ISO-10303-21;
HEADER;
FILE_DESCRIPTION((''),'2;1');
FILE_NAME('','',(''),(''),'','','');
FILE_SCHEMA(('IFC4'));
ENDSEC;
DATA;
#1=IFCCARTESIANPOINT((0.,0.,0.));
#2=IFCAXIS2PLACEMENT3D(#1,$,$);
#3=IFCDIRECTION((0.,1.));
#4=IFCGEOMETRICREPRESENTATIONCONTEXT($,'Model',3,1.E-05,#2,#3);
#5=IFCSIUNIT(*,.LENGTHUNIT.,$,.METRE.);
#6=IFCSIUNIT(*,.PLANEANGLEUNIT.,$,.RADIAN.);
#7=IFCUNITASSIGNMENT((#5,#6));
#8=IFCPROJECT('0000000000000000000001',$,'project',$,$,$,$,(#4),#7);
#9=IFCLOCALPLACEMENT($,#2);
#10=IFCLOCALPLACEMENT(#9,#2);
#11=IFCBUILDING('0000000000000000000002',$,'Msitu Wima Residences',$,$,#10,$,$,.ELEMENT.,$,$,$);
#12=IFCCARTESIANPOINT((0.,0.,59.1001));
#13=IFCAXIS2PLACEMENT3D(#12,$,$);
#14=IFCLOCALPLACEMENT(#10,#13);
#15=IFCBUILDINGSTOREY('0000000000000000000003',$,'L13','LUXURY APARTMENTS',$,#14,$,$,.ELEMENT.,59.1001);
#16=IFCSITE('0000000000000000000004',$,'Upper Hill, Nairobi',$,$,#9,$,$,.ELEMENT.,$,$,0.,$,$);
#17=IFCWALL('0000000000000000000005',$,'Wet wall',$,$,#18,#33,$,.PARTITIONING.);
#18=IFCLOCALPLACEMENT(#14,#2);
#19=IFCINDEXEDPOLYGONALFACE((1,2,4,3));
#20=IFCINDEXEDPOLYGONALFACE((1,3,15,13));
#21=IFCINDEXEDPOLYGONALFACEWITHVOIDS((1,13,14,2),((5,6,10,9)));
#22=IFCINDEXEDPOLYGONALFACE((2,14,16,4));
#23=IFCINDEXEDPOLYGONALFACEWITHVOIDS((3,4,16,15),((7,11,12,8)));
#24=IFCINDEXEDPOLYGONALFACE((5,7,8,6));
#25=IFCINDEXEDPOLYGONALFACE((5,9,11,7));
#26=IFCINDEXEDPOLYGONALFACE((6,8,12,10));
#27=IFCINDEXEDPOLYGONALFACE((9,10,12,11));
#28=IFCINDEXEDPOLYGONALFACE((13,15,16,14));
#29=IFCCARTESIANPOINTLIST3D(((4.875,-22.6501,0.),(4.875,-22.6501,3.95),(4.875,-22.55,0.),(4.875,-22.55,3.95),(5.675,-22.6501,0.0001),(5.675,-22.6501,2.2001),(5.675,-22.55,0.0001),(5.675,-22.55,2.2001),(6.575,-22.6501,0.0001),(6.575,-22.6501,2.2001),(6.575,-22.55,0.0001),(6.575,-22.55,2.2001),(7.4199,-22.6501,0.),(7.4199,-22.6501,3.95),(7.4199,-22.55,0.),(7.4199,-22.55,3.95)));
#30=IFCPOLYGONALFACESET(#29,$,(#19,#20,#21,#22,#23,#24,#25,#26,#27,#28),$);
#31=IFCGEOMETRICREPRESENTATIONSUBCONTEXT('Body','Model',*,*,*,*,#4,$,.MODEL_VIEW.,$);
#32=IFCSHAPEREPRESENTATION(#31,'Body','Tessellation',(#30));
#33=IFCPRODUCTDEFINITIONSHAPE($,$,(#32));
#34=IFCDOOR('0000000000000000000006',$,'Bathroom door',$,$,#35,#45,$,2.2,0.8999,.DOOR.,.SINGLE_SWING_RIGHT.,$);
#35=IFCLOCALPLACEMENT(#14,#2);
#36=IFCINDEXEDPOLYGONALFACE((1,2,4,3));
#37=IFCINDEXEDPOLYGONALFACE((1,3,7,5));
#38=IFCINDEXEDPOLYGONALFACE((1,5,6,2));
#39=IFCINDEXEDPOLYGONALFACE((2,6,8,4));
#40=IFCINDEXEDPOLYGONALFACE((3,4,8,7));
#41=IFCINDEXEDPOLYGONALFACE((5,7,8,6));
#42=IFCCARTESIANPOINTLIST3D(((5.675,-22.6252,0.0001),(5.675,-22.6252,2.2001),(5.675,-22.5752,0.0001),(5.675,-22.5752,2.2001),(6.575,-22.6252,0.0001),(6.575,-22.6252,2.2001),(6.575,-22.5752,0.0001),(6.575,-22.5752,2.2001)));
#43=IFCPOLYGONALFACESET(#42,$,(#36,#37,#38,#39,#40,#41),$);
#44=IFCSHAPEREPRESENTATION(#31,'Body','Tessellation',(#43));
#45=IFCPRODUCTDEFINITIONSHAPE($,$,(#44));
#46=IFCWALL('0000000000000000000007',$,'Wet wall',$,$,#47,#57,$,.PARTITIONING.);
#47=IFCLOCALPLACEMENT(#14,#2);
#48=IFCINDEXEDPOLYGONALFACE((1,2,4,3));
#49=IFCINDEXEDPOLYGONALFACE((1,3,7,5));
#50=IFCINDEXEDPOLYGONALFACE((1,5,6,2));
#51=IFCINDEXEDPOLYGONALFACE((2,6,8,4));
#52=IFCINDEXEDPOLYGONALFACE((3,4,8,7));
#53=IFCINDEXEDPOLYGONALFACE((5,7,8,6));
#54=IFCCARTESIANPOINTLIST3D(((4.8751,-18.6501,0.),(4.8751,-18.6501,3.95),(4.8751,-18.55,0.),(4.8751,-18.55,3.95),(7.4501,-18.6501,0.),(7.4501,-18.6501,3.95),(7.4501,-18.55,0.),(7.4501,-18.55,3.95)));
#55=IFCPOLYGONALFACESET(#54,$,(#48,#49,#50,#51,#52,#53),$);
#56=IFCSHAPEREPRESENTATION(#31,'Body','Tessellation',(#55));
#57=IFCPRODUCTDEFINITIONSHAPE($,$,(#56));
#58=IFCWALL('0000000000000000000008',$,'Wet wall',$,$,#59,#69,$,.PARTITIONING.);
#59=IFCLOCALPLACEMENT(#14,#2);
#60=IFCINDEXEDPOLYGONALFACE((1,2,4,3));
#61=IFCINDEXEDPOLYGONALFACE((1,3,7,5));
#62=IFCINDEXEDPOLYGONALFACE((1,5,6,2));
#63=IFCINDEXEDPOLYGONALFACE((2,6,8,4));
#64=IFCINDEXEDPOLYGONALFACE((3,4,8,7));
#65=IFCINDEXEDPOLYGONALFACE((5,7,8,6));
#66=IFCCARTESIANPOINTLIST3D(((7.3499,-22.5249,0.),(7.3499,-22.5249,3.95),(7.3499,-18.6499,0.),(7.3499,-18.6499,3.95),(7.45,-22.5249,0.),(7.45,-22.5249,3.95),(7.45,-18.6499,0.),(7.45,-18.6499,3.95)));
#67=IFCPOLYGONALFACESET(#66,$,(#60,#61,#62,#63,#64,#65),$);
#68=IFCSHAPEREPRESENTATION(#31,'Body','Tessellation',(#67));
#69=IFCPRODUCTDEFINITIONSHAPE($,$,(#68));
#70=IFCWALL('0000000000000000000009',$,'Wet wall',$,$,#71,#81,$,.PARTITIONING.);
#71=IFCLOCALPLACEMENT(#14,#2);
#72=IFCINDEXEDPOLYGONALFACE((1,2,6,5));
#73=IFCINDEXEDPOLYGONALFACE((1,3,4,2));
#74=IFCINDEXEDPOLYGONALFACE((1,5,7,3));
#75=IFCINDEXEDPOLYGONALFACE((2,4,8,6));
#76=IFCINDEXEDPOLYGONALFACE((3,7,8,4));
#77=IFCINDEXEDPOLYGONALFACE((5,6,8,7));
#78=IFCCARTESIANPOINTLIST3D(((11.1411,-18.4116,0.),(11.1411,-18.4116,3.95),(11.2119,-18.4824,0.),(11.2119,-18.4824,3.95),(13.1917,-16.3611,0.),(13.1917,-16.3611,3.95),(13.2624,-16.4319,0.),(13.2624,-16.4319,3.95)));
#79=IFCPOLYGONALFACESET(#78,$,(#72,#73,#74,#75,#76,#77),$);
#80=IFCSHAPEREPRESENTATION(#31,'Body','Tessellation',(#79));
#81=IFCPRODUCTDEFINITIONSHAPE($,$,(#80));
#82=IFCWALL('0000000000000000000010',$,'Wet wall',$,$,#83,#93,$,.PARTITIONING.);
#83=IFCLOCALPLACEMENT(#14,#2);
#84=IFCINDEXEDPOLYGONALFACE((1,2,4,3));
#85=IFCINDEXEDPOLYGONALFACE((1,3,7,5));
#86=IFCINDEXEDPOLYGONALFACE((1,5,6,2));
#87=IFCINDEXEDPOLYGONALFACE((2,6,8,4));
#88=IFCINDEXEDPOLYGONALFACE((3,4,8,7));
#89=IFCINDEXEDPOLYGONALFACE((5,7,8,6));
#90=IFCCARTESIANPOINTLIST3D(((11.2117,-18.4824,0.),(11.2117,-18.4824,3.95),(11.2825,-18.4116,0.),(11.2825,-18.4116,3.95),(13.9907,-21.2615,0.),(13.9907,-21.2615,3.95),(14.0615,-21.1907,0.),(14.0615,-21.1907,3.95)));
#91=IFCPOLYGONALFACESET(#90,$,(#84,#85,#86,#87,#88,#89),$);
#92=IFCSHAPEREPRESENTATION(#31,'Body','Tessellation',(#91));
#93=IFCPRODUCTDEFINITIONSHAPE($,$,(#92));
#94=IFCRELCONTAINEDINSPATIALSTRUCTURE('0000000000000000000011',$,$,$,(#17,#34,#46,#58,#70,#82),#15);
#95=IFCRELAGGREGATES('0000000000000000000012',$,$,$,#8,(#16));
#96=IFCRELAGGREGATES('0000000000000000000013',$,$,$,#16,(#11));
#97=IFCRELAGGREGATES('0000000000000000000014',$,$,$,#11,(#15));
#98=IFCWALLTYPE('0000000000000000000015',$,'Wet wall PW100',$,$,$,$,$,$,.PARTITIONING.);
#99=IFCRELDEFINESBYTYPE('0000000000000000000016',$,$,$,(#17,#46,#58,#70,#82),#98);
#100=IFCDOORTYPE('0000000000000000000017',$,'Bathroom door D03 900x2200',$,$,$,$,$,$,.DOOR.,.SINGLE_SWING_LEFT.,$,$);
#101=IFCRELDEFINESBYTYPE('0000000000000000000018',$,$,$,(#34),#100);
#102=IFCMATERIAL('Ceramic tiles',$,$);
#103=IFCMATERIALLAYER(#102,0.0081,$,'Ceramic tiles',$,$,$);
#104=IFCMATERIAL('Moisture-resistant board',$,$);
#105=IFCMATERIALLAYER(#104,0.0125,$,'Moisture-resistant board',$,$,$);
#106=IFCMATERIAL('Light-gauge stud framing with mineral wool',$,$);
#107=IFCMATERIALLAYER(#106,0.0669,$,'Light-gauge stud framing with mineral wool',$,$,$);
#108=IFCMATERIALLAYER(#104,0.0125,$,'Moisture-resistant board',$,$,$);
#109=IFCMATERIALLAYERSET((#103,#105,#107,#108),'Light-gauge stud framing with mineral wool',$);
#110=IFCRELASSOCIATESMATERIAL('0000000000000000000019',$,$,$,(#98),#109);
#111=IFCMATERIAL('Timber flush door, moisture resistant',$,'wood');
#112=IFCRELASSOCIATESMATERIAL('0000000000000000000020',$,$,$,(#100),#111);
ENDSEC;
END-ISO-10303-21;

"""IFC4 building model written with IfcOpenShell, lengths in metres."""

from ifc_helpers import new_model, si_unit, direction, frame, frame_2d, origin, place, context, subcontext, project, spatial, rectangle, extrude, material, layer, layer_set, type_object, element, fill, save


model = new_model("IFC4")

# Units and contexts
model_context = context("Model", 3, precision=1e-05, world=origin(), true_north=direction((0.0, 1.0)))
body_context = subcontext(model_context, "Body", "Model", "MODEL_VIEW")
ifc_project = project(units=[si_unit("LENGTHUNIT", "METRE"), si_unit("PLANEANGLEUNIT", "RADIAN")], contexts=[model_context])

# Site, building, storey
site_placement = place(None, origin())
site = spatial("IfcSite", under=ifc_project, at=site_placement, Name="Upper Hill, Nairobi", CompositionType="ELEMENT", RefElevation=0.0)
building_placement = place(site_placement, origin())
building = spatial("IfcBuilding", under=site, at=building_placement, Name="Msitu Wima Residences", CompositionType="ELEMENT")
storey_placement = place(building_placement, frame((0.0, 0.0, 59.1001)))
storey = spatial("IfcBuildingStorey", under=building, at=storey_placement, Name="L13", Description="LUXURY APARTMENTS", CompositionType="ELEMENT", Elevation=59.1001)

# Shared definitions
ifc_material_1 = material(Name="Ceramic tiles")
ifc_layer_1 = layer(ifc_material_1, 0.0081, Name="Ceramic tiles")
ifc_material_2 = material(Name="Moisture-resistant board")
ifc_layer_2 = layer(ifc_material_2, 0.0125, Name="Moisture-resistant board")
ifc_material_3 = material(Name="Light-gauge stud framing with mineral wool")
ifc_layer_3 = layer(ifc_material_3, 0.0669, Name="Light-gauge stud framing with mineral wool")
ifc_layer_4 = layer(ifc_material_2, 0.0125, Name="Moisture-resistant board")
ifc_layer_set_1 = layer_set([ifc_layer_1, ifc_layer_2, ifc_layer_3, ifc_layer_4], Name="Light-gauge stud framing with mineral wool")
wall_type_1 = type_object("IfcWallType", Name="Wet wall PW100", PredefinedType="PARTITIONING", material=ifc_layer_set_1)

# Wall, opening, door
wall_1_placement = place(storey_placement, frame((4.875, -22.6001, 0.0), z_axis=(0.0, 0.0, 1.0), x_axis=(1.0, 0.0, 0.0)))
wall_1 = element("IfcWall", 1, at=wall_1_placement, inside=storey, type_object=wall_type_1, Name="Wet wall", PredefinedType="PARTITIONING", context=body_context, shape_type="SweptSolid", body=[
    extrude(rectangle(XDim=2.5449, YDim=0.1001, at=frame_2d((1.2725, 0.0))), origin(), (0.0, 0.0, 1.0), 3.95),
])
opening_1_placement = place(wall_1_placement, frame((0.8, 0.0, 0.0)))
opening_1 = element("IfcOpeningElement", 2, at=opening_1_placement, cuts=wall_1, PredefinedType="OPENING", context=body_context, shape_type="SweptSolid", body=[
    extrude(rectangle(XDim=0.8999, YDim=2.2, at=frame_2d((0.45, 1.1001))), frame((0.0, 0.0601, 0.0), z_axis=(0.0, -1.0, 0.0), x_axis=(1.0, 0.0, 0.0)), (0.0, 0.0, 1.0), 0.1201),
])
ifc_material_4 = material(Name="Timber flush door, moisture resistant", Category="wood")
door_type_1 = type_object("IfcDoorType", Name="Bathroom door D03 900x2200", OperationType="SINGLE_SWING_LEFT", PredefinedType="DOOR", material=ifc_material_4)
door_1_placement = place(opening_1_placement, origin())
door_1 = element("IfcDoor", 3, at=door_1_placement, inside=storey, type_object=door_type_1, Name="Bathroom door", OperationType="SINGLE_SWING_RIGHT", OverallHeight=2.2, OverallWidth=0.8999, PredefinedType="DOOR", context=body_context, shape_type="SweptSolid", body=[
    extrude(rectangle(XDim=0.8999, YDim=2.2, at=frame_2d((0.45, 1.1001))), frame((0.0, 0.0249, 0.0), z_axis=(0.0, -1.0, 0.0), x_axis=(1.0, 0.0, 0.0)), (0.0, 0.0, 1.0), 0.05),
])
fill(opening_1, door_1)

# Walls
wall_2_placement = place(storey_placement, frame((4.875, -18.6001, 0.0), z_axis=(0.0, 0.0, 1.0), x_axis=(1.0, 0.0, 0.0)))
element("IfcWall", 4, at=wall_2_placement, inside=storey, type_object=wall_type_1, Name="Wet wall", PredefinedType="PARTITIONING", context=body_context, shape_type="SweptSolid", body=[
    extrude(rectangle(XDim=2.575, YDim=0.1001, at=frame_2d((1.2876, 0.0))), origin(), (0.0, 0.0, 1.0), 3.95),
])
wall_3_placement = place(storey_placement, frame((7.3999, -22.5249, 0.0), z_axis=(0.0, 0.0, 1.0), x_axis=(0.0, 1.0, 0.0)))
element("IfcWall", 5, at=wall_3_placement, inside=storey, type_object=wall_type_1, Name="Wet wall", PredefinedType="PARTITIONING", context=body_context, shape_type="SweptSolid", body=[
    extrude(rectangle(XDim=3.875, YDim=0.1001, at=frame_2d((1.9375, 0.0))), origin(), (0.0, 0.0, 1.0), 3.95),
])
wall_4_placement = place(storey_placement, frame((11.1765, -18.447, 0.0), z_axis=(0.0, 0.0, 1.0), x_axis=(0.707107, 0.707107, 0.0)))
element("IfcWall", 6, at=wall_4_placement, inside=storey, type_object=wall_type_1, Name="Wet wall", PredefinedType="PARTITIONING", context=body_context, shape_type="SweptSolid", body=[
    extrude(rectangle(XDim=2.8999, YDim=0.1001, at=frame_2d((1.45, 0.0))), origin(), (0.0, 0.0, 1.0), 3.95),
])
wall_5_placement = place(storey_placement, frame((11.2471, -18.447, 0.0), z_axis=(0.0, 0.0, 1.0), x_axis=(0.707107, -0.707107, 0.0)))
element("IfcWall", 7, at=wall_5_placement, inside=storey, type_object=wall_type_1, Name="Wet wall", PredefinedType="PARTITIONING", context=body_context, shape_type="SweptSolid", body=[
    extrude(rectangle(XDim=3.9302, YDim=0.1001, at=frame_2d((1.9651, 0.0))), origin(), (0.0, 0.0, 1.0), 3.95),
])

save(model, "model.ifc")
